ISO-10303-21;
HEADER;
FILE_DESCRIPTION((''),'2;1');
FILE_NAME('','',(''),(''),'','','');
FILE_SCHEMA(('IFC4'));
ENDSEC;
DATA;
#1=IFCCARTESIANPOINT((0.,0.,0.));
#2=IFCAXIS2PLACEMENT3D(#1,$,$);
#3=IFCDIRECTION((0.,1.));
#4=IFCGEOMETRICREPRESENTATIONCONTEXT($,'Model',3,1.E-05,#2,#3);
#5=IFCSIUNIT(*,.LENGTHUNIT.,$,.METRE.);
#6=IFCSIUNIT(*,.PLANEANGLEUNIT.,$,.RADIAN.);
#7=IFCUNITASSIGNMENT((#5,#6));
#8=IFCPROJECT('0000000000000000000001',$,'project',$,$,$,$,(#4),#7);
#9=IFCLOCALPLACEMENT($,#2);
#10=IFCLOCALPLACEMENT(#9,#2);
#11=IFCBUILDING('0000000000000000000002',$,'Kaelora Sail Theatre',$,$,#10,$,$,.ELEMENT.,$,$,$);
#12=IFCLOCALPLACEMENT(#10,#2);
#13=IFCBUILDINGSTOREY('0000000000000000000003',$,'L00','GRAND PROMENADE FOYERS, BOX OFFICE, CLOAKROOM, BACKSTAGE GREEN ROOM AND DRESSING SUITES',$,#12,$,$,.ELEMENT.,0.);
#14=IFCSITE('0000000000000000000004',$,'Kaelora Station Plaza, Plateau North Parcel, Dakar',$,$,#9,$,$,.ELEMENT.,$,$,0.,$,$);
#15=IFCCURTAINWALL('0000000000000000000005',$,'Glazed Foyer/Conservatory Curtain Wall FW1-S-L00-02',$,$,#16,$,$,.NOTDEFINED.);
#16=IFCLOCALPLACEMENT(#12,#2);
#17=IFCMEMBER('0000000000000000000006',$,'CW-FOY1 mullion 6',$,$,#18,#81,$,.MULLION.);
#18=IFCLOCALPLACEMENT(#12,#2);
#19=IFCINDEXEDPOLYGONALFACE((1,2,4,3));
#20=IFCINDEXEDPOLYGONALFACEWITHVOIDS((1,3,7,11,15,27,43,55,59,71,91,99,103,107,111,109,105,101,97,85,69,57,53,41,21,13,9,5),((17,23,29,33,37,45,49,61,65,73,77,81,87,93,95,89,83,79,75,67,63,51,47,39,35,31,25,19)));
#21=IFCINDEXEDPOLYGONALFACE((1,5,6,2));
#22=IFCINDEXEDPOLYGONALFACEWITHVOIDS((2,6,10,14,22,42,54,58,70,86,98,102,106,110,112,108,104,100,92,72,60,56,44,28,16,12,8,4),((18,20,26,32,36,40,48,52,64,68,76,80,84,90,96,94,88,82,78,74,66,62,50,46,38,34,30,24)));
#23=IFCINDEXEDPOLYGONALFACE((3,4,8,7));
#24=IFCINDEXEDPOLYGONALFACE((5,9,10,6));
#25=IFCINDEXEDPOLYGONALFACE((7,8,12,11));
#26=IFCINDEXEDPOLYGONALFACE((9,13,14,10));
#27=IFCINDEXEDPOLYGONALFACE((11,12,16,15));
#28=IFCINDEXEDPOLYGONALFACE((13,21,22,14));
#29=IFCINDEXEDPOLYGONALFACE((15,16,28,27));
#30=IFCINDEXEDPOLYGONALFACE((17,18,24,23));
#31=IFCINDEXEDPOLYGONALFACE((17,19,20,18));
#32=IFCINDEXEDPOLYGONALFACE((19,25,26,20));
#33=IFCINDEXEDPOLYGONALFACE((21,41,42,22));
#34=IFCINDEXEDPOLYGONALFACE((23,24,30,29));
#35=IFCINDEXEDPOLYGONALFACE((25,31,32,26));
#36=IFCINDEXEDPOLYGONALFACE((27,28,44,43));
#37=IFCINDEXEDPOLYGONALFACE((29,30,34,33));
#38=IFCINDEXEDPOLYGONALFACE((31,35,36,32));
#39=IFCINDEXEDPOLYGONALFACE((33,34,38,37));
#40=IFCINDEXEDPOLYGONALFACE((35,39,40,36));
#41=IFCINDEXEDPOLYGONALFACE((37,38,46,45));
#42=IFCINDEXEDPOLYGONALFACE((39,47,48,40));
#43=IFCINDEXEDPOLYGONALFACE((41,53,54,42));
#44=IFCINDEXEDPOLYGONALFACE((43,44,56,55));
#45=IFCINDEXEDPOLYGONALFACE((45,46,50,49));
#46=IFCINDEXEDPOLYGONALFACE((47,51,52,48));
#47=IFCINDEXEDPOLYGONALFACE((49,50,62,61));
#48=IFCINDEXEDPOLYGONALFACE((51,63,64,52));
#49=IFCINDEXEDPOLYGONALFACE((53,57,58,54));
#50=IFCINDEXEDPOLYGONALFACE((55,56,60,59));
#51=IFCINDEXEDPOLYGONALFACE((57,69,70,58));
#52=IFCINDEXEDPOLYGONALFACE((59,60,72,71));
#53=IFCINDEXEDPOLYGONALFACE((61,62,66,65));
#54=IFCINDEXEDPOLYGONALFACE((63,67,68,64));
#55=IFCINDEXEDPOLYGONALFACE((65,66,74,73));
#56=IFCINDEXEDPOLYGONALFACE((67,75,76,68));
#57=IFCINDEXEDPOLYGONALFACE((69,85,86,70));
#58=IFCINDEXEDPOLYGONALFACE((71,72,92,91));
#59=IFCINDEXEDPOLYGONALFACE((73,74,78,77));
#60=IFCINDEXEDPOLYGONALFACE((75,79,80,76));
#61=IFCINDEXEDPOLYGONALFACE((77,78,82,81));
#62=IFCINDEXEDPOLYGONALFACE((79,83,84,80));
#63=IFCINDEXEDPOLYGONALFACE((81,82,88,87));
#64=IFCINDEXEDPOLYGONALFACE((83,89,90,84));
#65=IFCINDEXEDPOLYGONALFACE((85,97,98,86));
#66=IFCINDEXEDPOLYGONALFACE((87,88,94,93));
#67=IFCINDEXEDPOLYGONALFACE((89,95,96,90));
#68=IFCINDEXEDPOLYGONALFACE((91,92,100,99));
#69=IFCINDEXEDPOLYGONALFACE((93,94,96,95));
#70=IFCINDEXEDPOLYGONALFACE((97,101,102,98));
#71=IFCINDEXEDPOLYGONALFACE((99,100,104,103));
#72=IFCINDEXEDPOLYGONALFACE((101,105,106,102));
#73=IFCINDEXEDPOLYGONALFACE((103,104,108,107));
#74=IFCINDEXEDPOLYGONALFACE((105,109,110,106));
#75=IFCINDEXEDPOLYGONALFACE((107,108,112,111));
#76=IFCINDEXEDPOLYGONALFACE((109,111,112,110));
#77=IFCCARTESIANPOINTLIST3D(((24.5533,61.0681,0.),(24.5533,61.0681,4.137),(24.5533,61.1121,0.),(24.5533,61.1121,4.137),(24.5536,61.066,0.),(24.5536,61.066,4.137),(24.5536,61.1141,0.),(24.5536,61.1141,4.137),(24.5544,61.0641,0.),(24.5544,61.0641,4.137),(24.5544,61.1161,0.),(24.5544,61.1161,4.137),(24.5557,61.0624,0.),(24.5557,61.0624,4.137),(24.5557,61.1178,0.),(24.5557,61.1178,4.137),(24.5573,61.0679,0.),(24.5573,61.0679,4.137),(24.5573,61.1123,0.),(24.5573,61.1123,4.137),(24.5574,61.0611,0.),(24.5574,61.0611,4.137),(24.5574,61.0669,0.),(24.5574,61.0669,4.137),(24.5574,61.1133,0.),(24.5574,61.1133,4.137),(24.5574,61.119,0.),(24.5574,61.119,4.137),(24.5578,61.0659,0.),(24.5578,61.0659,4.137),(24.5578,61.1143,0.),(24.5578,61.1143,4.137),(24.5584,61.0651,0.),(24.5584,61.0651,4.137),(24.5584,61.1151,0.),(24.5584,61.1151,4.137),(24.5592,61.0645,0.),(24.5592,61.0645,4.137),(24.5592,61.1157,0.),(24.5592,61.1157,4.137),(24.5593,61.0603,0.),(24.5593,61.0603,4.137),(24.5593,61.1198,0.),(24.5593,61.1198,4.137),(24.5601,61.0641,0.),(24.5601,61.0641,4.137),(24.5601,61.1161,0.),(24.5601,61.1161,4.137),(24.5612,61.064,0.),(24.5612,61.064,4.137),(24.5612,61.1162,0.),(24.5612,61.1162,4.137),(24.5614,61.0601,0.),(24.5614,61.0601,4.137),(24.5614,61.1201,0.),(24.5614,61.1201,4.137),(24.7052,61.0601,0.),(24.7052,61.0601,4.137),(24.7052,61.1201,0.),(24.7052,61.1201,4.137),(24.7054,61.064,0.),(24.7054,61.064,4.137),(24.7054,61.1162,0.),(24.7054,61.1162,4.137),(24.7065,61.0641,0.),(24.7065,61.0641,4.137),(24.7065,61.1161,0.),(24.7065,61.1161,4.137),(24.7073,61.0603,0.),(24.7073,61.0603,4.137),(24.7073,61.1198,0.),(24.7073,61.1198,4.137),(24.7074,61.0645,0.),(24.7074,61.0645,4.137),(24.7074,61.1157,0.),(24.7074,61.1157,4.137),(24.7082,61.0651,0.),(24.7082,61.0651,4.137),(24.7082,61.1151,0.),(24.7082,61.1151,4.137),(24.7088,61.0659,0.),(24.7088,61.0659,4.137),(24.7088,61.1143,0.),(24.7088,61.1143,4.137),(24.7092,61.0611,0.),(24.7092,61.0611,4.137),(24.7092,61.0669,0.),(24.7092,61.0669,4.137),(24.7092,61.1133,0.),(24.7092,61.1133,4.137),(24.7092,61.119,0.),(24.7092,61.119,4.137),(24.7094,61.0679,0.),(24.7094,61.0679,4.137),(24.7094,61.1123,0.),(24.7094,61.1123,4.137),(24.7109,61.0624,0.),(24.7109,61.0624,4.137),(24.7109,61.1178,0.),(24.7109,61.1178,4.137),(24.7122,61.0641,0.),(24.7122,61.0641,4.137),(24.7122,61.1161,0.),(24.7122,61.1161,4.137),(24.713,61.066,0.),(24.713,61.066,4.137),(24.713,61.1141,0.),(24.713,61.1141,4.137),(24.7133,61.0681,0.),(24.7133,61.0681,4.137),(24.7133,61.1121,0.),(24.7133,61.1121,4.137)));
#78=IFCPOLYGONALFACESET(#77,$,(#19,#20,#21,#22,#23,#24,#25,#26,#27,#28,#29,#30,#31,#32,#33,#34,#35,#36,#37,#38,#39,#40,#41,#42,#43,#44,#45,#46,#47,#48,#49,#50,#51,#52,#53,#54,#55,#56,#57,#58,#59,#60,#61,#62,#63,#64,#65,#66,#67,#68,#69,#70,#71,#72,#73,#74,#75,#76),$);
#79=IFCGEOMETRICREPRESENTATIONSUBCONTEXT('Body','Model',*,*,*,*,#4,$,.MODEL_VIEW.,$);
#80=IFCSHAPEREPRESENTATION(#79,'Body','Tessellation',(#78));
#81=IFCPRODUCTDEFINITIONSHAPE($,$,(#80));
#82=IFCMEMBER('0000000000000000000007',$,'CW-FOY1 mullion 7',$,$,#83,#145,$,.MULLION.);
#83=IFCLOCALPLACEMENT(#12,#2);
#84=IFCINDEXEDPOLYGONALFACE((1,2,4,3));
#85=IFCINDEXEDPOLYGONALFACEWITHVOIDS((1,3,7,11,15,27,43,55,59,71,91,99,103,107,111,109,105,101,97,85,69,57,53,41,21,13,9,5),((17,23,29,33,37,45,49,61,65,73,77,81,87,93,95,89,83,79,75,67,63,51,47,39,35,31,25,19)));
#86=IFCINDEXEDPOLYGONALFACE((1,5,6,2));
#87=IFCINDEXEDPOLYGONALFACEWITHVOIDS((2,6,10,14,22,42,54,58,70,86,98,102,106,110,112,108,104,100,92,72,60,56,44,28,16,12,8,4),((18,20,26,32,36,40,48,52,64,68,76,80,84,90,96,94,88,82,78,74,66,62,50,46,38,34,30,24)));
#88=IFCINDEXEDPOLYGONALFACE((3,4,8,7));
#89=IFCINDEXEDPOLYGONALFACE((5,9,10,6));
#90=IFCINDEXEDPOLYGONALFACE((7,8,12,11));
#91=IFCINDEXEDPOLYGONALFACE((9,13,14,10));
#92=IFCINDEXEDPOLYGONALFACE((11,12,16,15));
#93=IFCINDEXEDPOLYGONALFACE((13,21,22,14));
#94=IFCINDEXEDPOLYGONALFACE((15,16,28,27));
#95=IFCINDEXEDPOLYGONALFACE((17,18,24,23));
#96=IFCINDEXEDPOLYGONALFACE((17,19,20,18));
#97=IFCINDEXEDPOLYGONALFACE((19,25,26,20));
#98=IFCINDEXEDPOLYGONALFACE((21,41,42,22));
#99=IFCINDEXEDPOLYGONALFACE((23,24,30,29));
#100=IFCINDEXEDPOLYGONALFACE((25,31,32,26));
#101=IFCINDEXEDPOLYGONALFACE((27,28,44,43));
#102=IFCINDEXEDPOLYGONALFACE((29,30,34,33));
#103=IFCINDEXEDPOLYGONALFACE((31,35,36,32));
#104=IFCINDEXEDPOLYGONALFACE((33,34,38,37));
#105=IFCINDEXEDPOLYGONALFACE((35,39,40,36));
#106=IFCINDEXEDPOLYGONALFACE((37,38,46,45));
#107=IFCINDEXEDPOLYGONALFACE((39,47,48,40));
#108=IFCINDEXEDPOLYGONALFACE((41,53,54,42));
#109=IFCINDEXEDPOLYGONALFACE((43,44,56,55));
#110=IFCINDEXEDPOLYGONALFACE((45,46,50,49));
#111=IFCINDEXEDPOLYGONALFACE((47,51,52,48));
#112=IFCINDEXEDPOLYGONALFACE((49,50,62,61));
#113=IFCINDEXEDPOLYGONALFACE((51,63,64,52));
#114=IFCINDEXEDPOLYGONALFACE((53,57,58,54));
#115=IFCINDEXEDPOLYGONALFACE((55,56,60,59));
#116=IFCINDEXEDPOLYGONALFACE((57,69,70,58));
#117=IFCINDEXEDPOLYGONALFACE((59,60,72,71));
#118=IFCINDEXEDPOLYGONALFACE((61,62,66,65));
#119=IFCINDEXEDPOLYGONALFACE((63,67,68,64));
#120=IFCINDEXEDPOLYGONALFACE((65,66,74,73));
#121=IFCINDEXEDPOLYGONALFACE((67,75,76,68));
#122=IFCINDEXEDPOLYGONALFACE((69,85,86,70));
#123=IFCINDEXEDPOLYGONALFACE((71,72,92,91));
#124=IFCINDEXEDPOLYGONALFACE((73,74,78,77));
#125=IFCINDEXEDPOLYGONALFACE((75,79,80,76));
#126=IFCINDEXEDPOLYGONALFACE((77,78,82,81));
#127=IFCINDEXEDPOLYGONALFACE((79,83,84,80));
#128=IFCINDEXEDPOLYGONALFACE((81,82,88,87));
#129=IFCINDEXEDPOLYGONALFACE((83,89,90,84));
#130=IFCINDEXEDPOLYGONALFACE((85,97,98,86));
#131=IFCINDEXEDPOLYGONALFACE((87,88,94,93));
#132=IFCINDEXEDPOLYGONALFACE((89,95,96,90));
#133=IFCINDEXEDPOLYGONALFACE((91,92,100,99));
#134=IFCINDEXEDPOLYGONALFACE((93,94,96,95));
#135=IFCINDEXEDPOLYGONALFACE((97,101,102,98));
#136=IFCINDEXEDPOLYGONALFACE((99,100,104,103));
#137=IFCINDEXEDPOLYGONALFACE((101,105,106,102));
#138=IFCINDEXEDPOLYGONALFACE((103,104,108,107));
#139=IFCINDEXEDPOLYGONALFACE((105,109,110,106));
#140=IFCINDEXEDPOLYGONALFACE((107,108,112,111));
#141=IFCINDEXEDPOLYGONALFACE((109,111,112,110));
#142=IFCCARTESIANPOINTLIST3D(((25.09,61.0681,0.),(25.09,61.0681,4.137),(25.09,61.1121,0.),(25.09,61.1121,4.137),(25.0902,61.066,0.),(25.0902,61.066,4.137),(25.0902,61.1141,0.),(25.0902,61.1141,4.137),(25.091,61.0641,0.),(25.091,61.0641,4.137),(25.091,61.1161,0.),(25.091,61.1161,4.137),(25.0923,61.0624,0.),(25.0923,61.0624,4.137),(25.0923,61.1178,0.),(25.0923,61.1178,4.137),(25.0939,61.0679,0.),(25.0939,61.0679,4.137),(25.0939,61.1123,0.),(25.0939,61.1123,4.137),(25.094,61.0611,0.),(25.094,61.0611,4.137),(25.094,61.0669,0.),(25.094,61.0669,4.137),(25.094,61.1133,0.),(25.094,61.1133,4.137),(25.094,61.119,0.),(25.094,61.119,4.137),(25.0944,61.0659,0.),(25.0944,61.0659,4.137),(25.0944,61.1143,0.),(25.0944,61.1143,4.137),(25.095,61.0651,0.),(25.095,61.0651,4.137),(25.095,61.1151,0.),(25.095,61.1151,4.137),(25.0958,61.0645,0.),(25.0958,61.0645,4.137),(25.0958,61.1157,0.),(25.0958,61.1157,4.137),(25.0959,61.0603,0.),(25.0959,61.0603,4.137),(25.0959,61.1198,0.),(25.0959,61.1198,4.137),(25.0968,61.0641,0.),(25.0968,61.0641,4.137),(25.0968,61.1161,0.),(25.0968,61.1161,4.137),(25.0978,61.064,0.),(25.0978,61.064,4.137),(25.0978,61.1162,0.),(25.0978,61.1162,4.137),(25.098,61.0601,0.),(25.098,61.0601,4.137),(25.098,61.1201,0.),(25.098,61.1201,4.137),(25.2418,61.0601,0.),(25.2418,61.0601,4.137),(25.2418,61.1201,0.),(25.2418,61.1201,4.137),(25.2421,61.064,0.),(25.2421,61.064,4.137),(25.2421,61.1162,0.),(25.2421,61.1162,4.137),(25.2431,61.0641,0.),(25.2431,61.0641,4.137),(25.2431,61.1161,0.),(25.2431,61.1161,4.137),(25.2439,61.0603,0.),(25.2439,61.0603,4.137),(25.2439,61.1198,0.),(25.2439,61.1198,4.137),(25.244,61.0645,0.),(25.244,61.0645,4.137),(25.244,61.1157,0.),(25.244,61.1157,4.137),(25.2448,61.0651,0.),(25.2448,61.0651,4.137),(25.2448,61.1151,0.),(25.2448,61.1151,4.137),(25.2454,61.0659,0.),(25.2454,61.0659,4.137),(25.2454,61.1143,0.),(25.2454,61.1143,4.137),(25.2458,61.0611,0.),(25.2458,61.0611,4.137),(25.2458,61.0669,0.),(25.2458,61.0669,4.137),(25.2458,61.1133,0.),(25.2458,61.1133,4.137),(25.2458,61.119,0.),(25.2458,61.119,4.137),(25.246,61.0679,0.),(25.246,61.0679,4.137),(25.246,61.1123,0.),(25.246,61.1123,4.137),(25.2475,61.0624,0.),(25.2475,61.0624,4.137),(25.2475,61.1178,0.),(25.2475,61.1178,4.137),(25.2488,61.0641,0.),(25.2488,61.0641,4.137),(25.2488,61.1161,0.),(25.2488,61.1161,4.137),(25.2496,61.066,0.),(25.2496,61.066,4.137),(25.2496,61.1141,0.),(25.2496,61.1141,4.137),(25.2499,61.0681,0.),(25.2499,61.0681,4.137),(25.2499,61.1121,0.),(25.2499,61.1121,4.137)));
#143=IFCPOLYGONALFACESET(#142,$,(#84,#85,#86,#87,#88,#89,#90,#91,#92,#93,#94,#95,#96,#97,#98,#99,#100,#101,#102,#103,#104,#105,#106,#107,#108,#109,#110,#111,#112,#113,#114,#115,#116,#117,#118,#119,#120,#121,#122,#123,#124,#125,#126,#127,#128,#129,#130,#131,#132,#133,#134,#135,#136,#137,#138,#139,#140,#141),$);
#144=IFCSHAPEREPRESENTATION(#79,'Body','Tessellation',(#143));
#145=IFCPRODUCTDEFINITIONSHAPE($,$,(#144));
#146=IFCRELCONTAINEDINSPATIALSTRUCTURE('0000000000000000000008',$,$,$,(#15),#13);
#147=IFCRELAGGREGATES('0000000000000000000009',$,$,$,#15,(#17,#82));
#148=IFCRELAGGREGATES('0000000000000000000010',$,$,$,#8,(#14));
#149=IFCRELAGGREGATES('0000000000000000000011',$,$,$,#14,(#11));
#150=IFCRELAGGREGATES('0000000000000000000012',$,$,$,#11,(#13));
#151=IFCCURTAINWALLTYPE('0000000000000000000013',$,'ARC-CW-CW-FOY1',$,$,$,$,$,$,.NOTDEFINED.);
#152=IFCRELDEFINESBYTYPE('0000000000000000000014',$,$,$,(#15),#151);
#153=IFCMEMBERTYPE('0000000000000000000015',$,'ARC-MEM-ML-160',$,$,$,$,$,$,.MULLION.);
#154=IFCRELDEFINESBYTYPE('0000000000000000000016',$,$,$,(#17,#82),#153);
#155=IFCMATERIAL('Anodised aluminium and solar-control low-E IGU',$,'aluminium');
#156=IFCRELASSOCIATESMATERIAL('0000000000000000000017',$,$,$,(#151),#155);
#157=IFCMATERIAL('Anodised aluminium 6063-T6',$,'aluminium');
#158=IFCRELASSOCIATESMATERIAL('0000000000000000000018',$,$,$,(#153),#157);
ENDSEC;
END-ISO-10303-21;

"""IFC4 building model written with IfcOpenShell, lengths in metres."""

from ifc_helpers import new_model, si_unit, direction, frame, origin, origin_2d, place, context, subcontext, project, spatial, hollow_rectangle, extrude, material, material_profile, profile_set, type_object, element, aggregate, save


model = new_model("IFC4")

# Units and contexts
model_context = context("Model", 3, precision=1e-05, world=origin(), true_north=direction((0.0, 1.0)))
body_context = subcontext(model_context, "Body", "Model", "MODEL_VIEW")
ifc_project = project(units=[si_unit("LENGTHUNIT", "METRE"), si_unit("PLANEANGLEUNIT", "RADIAN")], contexts=[model_context])

# Site, building, storey
site_placement = place(None, origin())
site = spatial("IfcSite", under=ifc_project, at=site_placement, Name="Kaelora Station Plaza, Plateau North Parcel, Dakar", CompositionType="ELEMENT", RefElevation=0.0)
building_placement = place(site_placement, origin())
building = spatial("IfcBuilding", under=site, at=building_placement, Name="Kaelora Sail Theatre", CompositionType="ELEMENT")
storey_placement = place(building_placement, origin())
storey = spatial("IfcBuildingStorey", under=building, at=storey_placement, Name="L00", Description="GRAND PROMENADE FOYERS, BOX OFFICE, CLOAKROOM, BACKSTAGE GREEN ROOM AND DRESSING SUITES", CompositionType="ELEMENT", Elevation=0.0)

# Curtain wall, members
ifc_material_1 = material(Name="Anodised aluminium and solar-control low-E IGU", Category="aluminium")
curtain_wall_type = type_object("IfcCurtainWallType", Name="ARC-CW-CW-FOY1", PredefinedType="NOTDEFINED", material=ifc_material_1)
curtain_wall_placement = place(storey_placement, origin())
curtain_wall = element("IfcCurtainWall", 1, at=curtain_wall_placement, inside=storey, type_object=curtain_wall_type, Name="Glazed Foyer/Conservatory Curtain Wall FW1-S-L00-02", PredefinedType="NOTDEFINED")
ifc_material_2 = material(Name="Anodised aluminium 6063-T6", Category="aluminium")
ifc_material_profile_1 = material_profile(ifc_material_2, hollow_rectangle(XDim=0.0601, YDim=0.1599, WallThickness=0.0039, InnerFilletRadius=0.0039, OuterFilletRadius=0.0081, at=origin_2d()), Name="ALU-MULL 60x160x4")
ifc_profile_set_1 = profile_set([ifc_material_profile_1], Name="Anodised aluminium 6063-T6")
member_type_1 = type_object("IfcMemberType", Name="ARC-MEM-ML-160", PredefinedType="MULLION", material=ifc_profile_set_1)
member_1_placement = place(storey_placement, frame((24.6333, 61.0901, 0.0), z_axis=(0.0, 0.0, 1.0), x_axis=(0.0, 1.0, 0.0)))
member_1 = element("IfcMember", 2, at=member_1_placement, type_object=member_type_1, Name="CW-FOY1 mullion 6", PredefinedType="MULLION", context=body_context, shape_type="SweptSolid", body=[
    extrude(hollow_rectangle(XDim=0.0601, YDim=0.1599, WallThickness=0.0039, InnerFilletRadius=0.0039, OuterFilletRadius=0.0081, at=origin_2d()), origin(), (0.0, 0.0, 1.0), 4.137),
])
member_2_placement = place(storey_placement, frame((25.1699, 61.0901, 0.0), z_axis=(0.0, 0.0, 1.0), x_axis=(0.0, 1.0, 0.0)))
member_2 = element("IfcMember", 3, at=member_2_placement, type_object=member_type_1, Name="CW-FOY1 mullion 7", PredefinedType="MULLION", context=body_context, shape_type="SweptSolid", body=[
    extrude(hollow_rectangle(XDim=0.0601, YDim=0.1599, WallThickness=0.0039, InnerFilletRadius=0.0039, OuterFilletRadius=0.0081, at=origin_2d()), origin(), (0.0, 0.0, 1.0), 4.137),
])

aggregate(curtain_wall, [member_1, member_2])

save(model, "model.ifc")
